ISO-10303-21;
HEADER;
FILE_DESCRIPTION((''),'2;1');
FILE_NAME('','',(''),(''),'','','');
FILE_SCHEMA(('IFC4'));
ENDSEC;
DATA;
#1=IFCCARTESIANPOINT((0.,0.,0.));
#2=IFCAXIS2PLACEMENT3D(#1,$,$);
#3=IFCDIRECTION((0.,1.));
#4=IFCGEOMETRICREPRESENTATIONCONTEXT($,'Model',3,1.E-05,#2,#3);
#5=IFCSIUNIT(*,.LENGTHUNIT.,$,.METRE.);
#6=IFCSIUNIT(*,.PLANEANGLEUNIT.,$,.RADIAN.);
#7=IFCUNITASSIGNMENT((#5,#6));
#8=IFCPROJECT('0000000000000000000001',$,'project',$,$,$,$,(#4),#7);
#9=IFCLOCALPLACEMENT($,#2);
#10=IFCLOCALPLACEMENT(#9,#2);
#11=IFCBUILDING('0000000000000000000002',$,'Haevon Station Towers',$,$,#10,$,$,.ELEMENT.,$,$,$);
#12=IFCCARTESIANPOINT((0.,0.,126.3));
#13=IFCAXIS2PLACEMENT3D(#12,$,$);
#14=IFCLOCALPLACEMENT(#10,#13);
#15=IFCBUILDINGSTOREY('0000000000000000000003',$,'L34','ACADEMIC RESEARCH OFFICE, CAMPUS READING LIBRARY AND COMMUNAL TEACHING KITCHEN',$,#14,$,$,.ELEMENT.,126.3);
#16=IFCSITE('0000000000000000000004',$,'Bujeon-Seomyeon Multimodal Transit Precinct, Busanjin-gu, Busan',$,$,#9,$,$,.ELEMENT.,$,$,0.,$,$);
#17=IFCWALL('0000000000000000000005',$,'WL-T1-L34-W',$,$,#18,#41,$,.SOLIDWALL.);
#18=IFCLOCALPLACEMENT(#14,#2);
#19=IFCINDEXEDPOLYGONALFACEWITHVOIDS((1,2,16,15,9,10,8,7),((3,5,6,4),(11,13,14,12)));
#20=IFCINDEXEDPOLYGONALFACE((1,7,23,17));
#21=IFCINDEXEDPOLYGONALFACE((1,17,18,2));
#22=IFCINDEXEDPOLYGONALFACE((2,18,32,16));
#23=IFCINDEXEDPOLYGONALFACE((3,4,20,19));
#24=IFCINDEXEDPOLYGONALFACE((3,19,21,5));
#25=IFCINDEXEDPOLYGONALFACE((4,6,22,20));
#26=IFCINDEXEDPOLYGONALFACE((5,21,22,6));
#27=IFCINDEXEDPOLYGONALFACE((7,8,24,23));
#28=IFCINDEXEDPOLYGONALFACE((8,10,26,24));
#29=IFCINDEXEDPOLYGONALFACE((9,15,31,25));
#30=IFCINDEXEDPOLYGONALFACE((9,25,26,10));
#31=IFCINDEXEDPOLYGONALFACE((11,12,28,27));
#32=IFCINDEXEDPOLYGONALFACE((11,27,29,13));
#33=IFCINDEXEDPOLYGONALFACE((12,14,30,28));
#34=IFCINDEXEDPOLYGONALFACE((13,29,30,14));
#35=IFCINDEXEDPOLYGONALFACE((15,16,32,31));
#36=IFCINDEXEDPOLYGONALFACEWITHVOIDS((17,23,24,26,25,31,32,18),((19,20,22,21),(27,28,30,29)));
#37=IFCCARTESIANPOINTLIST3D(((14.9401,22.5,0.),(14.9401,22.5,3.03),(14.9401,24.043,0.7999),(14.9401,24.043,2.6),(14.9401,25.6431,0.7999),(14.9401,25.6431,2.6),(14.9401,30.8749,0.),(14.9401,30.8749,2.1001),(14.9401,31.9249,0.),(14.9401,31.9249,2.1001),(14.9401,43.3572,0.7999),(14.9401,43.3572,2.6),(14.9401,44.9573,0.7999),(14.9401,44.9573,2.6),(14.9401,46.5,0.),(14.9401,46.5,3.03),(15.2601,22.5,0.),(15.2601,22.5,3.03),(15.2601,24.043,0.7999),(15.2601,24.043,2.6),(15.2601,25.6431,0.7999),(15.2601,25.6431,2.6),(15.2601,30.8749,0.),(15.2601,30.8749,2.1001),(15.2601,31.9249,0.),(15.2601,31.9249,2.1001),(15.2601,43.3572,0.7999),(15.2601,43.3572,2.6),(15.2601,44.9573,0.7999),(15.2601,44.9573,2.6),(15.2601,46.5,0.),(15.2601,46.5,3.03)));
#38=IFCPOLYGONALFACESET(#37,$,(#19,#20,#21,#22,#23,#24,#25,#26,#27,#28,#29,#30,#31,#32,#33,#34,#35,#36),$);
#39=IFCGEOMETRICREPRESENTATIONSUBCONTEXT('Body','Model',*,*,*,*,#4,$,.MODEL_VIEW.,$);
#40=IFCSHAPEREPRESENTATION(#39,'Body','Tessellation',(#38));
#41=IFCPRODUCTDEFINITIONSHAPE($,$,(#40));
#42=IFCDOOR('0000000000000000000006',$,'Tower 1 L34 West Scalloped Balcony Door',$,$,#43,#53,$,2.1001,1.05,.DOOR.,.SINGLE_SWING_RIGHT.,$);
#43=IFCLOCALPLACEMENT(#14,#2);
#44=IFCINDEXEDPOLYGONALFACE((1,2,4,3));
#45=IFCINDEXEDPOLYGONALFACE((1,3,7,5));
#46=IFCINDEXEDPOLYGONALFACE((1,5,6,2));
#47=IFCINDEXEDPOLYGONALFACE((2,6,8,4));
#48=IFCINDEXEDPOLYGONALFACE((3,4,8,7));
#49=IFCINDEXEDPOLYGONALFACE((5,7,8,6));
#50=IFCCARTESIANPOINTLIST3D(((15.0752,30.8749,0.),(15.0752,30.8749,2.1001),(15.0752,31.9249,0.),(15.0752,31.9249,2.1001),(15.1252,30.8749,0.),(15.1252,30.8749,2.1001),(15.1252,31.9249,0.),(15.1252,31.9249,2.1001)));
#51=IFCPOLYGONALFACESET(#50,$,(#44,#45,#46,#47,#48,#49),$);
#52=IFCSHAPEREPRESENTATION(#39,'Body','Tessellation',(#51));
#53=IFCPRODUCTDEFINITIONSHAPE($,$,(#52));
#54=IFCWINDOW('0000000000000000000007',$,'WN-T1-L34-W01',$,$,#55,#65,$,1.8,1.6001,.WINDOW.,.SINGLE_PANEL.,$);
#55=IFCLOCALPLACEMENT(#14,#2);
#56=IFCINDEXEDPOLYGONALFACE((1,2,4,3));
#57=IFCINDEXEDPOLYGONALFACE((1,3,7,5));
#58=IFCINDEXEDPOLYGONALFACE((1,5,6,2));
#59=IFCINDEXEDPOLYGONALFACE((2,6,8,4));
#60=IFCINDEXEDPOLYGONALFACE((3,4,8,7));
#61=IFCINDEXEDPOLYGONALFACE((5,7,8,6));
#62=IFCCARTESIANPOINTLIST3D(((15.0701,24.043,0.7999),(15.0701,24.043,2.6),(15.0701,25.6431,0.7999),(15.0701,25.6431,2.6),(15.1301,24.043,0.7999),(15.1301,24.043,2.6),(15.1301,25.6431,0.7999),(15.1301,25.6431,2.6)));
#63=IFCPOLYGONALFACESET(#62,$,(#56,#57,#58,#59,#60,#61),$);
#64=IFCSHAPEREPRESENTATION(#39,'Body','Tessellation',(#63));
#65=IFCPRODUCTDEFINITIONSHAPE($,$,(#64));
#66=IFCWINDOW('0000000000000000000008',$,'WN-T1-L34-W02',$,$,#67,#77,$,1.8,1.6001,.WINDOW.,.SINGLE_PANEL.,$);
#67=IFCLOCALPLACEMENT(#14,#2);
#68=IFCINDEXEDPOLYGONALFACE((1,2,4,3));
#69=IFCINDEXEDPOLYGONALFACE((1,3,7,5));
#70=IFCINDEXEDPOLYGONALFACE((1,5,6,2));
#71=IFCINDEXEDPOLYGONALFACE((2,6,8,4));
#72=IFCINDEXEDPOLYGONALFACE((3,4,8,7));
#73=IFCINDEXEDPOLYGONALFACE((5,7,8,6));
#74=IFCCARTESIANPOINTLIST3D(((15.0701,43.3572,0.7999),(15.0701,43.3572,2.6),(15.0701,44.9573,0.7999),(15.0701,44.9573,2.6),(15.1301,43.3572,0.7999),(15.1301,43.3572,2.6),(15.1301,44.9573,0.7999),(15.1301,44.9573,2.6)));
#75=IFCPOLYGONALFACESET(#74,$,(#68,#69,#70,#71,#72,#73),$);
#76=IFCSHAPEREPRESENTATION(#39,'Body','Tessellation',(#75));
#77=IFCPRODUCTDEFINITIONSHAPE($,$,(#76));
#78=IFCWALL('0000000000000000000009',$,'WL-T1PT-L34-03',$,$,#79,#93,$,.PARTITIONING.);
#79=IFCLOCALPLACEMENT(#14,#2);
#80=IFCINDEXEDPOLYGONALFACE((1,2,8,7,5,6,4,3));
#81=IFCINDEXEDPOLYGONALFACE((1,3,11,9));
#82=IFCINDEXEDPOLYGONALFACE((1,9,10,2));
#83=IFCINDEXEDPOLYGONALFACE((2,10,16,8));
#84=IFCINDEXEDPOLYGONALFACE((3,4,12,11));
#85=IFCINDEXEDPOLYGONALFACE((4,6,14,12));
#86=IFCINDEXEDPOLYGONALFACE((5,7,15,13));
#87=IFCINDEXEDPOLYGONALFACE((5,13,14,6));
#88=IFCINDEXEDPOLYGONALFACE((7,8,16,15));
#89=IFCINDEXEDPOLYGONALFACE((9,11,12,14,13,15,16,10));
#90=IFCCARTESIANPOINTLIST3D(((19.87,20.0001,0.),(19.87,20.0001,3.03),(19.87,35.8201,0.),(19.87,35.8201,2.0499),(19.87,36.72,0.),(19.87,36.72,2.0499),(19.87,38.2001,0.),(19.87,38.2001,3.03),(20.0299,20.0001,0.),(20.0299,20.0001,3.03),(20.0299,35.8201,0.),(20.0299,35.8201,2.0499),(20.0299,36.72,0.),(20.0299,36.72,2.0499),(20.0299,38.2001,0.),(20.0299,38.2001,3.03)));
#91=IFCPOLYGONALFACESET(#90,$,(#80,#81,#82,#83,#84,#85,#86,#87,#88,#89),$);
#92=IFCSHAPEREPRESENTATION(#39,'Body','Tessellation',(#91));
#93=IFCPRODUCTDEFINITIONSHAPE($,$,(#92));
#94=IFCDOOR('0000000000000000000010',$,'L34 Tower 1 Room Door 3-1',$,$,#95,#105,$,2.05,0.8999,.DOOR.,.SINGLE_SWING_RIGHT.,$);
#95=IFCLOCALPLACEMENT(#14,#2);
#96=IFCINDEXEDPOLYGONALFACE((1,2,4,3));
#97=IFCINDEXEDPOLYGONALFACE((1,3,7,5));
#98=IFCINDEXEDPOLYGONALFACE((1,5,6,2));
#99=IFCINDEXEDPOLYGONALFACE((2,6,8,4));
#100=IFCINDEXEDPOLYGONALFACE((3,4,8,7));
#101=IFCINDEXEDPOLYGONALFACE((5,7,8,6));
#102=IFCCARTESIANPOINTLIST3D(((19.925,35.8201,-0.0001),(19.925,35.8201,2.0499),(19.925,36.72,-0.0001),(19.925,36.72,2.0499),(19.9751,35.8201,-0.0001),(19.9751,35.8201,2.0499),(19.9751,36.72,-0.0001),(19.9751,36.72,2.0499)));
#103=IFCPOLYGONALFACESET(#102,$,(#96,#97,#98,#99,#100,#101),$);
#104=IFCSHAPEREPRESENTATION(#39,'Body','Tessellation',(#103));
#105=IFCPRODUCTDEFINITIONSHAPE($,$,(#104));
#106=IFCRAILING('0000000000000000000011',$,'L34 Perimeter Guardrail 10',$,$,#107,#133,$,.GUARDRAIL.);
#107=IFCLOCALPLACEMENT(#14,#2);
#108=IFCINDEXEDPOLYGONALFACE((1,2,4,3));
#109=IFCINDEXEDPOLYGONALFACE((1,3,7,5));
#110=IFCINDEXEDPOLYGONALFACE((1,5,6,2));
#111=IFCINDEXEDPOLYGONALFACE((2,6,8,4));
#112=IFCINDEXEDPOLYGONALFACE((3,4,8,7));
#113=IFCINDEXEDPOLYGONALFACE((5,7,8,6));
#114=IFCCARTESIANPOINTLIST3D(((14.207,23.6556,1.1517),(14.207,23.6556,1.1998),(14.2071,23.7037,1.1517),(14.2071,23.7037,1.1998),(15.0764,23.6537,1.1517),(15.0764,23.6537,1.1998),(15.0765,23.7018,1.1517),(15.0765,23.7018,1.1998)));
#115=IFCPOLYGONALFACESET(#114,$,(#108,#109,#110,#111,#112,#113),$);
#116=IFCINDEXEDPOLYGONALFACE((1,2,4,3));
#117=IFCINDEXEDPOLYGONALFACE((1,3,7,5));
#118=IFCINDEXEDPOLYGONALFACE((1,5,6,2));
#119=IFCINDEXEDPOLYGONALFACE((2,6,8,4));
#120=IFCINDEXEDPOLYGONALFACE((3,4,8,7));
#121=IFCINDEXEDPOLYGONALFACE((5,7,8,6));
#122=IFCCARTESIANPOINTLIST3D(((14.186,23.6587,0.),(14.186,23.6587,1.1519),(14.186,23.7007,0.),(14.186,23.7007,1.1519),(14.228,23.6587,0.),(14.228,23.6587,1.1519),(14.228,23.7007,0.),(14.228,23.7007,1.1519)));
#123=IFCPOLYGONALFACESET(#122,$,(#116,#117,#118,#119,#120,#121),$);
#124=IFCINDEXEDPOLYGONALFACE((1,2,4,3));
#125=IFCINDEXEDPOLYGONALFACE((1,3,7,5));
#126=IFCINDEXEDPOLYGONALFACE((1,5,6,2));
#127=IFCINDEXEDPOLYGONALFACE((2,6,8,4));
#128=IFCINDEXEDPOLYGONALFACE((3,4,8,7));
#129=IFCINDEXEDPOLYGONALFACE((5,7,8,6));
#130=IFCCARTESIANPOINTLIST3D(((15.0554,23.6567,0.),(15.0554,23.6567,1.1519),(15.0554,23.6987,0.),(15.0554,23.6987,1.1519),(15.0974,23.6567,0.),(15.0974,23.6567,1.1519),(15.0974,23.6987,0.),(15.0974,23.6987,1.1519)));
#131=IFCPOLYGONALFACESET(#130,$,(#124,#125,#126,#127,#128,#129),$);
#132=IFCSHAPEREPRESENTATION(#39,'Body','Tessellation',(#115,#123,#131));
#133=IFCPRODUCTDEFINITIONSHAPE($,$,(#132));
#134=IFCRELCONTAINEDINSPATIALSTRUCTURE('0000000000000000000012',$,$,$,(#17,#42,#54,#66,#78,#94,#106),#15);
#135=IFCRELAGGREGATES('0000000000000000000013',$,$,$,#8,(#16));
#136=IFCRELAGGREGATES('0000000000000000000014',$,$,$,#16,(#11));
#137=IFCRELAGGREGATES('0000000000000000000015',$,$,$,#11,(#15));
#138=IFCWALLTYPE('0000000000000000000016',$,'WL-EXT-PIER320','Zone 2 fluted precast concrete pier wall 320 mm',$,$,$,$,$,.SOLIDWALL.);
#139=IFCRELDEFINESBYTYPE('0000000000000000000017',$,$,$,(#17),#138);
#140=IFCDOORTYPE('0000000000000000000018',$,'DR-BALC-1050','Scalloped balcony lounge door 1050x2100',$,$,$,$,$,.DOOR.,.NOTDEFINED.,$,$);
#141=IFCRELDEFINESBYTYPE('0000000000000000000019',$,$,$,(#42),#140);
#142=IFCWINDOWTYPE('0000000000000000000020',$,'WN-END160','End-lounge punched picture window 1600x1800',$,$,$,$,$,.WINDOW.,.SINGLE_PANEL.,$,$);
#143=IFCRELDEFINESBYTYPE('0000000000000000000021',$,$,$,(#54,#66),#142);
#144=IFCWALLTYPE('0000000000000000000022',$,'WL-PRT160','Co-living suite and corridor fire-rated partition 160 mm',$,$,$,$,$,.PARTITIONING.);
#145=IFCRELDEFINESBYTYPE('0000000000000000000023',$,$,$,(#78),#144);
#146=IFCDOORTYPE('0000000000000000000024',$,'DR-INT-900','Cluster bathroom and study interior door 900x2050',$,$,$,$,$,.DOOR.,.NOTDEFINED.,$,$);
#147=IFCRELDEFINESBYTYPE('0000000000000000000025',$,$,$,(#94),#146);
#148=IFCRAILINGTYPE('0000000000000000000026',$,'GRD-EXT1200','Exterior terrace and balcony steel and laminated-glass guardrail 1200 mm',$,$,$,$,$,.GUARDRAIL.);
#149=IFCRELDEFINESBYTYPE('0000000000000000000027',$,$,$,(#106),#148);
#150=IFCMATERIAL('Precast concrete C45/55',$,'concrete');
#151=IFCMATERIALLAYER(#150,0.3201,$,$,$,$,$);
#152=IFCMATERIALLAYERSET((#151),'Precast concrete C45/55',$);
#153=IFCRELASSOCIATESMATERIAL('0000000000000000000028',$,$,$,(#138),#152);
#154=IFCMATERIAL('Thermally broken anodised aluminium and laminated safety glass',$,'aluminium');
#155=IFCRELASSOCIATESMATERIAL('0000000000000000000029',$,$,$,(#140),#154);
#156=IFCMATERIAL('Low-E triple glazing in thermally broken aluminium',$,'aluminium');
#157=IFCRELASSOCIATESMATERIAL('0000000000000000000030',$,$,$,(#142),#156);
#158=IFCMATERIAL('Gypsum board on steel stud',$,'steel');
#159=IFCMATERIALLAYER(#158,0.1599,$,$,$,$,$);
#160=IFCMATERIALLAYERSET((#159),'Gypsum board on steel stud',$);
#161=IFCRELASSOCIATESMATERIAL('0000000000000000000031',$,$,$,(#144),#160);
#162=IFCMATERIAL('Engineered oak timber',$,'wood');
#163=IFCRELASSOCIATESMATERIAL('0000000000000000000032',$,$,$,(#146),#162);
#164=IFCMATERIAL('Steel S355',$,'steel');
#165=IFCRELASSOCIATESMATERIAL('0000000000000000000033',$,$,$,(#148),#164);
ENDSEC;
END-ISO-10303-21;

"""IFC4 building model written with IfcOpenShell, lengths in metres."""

from ifc_helpers import new_model, si_unit, direction, frame, frame_2d, origin, origin_2d, place, context, subcontext, project, spatial, rectangle, extrude, material, layer, layer_set, type_object, element, fill, save


model = new_model("IFC4")

# Units and contexts
model_context = context("Model", 3, precision=1e-05, world=origin(), true_north=direction((0.0, 1.0)))
body_context = subcontext(model_context, "Body", "Model", "MODEL_VIEW")
ifc_project = project(units=[si_unit("LENGTHUNIT", "METRE"), si_unit("PLANEANGLEUNIT", "RADIAN")], contexts=[model_context])

# Site, building, storey
site_placement = place(None, origin())
site = spatial("IfcSite", under=ifc_project, at=site_placement, Name="Bujeon-Seomyeon Multimodal Transit Precinct, Busanjin-gu, Busan", CompositionType="ELEMENT", RefElevation=0.0)
building_placement = place(site_placement, origin())
building = spatial("IfcBuilding", under=site, at=building_placement, Name="Haevon Station Towers", CompositionType="ELEMENT")
storey_placement = place(building_placement, frame((0.0, 0.0, 126.3)))
storey = spatial("IfcBuildingStorey", under=building, at=storey_placement, Name="L34", Description="ACADEMIC RESEARCH OFFICE, CAMPUS READING LIBRARY AND COMMUNAL TEACHING KITCHEN", CompositionType="ELEMENT", Elevation=126.3)

# Shared definitions
ifc_material_1 = material(Name="Steel S355", Category="steel")

# Shared definitions
ifc_material_2 = material(Name="Precast concrete C45/55", Category="concrete")
ifc_layer_1 = layer(ifc_material_2, 0.3201)
ifc_layer_set_1 = layer_set([ifc_layer_1], Name="Precast concrete C45/55")
wall_type_1 = type_object("IfcWallType", Name="WL-EXT-PIER320", Description="Zone 2 fluted precast concrete pier wall 320 mm", PredefinedType="SOLIDWALL", material=ifc_layer_set_1)

# Wall, openings, door, windows
wall_1_placement = place(storey_placement, frame((15.1001, 22.5, 0.0), z_axis=(0.0, 0.0, 1.0), x_axis=(0.0, 1.0, 0.0)))
wall_1 = element("IfcWall", 1, at=wall_1_placement, inside=storey, type_object=wall_type_1, Name="WL-T1-L34-W", PredefinedType="SOLIDWALL", context=body_context, shape_type="SweptSolid", body=[
    extrude(rectangle(XDim=24.0, YDim=0.3201, at=frame_2d((12.0, 0.0))), origin(), (0.0, 0.0, 1.0), 3.03),
])
opening_1_placement = place(wall_1_placement, frame((8.375, 0.0, 0.0)))
opening_1 = element("IfcOpeningElement", 2, at=opening_1_placement, cuts=wall_1, PredefinedType="OPENING", context=body_context, shape_type="SweptSolid", body=[
    extrude(rectangle(XDim=1.05, YDim=2.1001, at=frame_2d((0.5249, 1.05))), frame((0.0, 0.1699, 0.0), z_axis=(0.0, -1.0, 0.0), x_axis=(1.0, 0.0, 0.0)), (0.0, 0.0, 1.0), 0.3401),
])
opening_2_placement = place(wall_1_placement, frame((1.543, 0.0, 0.8)))
opening_2 = element("IfcOpeningElement", 3, at=opening_2_placement, cuts=wall_1, PredefinedType="OPENING", context=body_context, shape_type="SweptSolid", body=[
    extrude(rectangle(XDim=1.6001, YDim=1.8, at=frame_2d((0.8, 0.8999))), frame((0.0, 0.1699, 0.0), z_axis=(0.0, -1.0, 0.0), x_axis=(1.0, 0.0, 0.0)), (0.0, 0.0, 1.0), 0.3401),
])
opening_3_placement = place(wall_1_placement, frame((20.8572, 0.0, 0.8)))
opening_3 = element("IfcOpeningElement", 4, at=opening_3_placement, cuts=wall_1, PredefinedType="OPENING", context=body_context, shape_type="SweptSolid", body=[
    extrude(rectangle(XDim=1.6001, YDim=1.8, at=frame_2d((0.8, 0.8999))), frame((0.0, 0.1699, 0.0), z_axis=(0.0, -1.0, 0.0), x_axis=(1.0, 0.0, 0.0)), (0.0, 0.0, 1.0), 0.3401),
])
ifc_material_3 = material(Name="Thermally broken anodised aluminium and laminated safety glass", Category="aluminium")
door_type_1 = type_object("IfcDoorType", Name="DR-BALC-1050", Description="Scalloped balcony lounge door 1050x2100", OperationType="NOTDEFINED", PredefinedType="DOOR", material=ifc_material_3)
door_1_placement = place(opening_1_placement, origin())
door_1 = element("IfcDoor", 5, at=door_1_placement, inside=storey, type_object=door_type_1, Name="Tower 1 L34 West Scalloped Balcony Door", OperationType="SINGLE_SWING_RIGHT", OverallHeight=2.1001, OverallWidth=1.05, PredefinedType="DOOR", context=body_context, shape_type="SweptSolid", body=[
    extrude(rectangle(XDim=1.05, YDim=2.1001, at=frame_2d((0.5249, 1.05))), frame((0.0, 0.0249, 0.0), z_axis=(0.0, -1.0, 0.0), x_axis=(1.0, 0.0, 0.0)), (0.0, 0.0, 1.0), 0.05),
])
fill(opening_1, door_1)
ifc_material_4 = material(Name="Low-E triple glazing in thermally broken aluminium", Category="aluminium")
window_type = type_object("IfcWindowType", Name="WN-END160", Description="End-lounge punched picture window 1600x1800", PartitioningType="SINGLE_PANEL", PredefinedType="WINDOW", material=ifc_material_4)
window_1_placement = place(opening_2_placement, origin())
window_1 = element("IfcWindow", 6, at=window_1_placement, inside=storey, type_object=window_type, Name="WN-T1-L34-W01", OverallHeight=1.8, OverallWidth=1.6001, PartitioningType="SINGLE_PANEL", PredefinedType="WINDOW", context=body_context, shape_type="SweptSolid", body=[
    extrude(rectangle(XDim=1.6001, YDim=1.8, at=frame_2d((0.8, 0.8999))), frame((0.0, 0.03, 0.0), z_axis=(0.0, -1.0, 0.0), x_axis=(1.0, 0.0, 0.0)), (0.0, 0.0, 1.0), 0.0601),
])
fill(opening_2, window_1)
window_2_placement = place(opening_3_placement, origin())
window_2 = element("IfcWindow", 7, at=window_2_placement, inside=storey, type_object=window_type, Name="WN-T1-L34-W02", OverallHeight=1.8, OverallWidth=1.6001, PartitioningType="SINGLE_PANEL", PredefinedType="WINDOW", context=body_context, shape_type="SweptSolid", body=[
    extrude(rectangle(XDim=1.6001, YDim=1.8, at=frame_2d((0.8, 0.8999))), frame((0.0, 0.03, 0.0), z_axis=(0.0, -1.0, 0.0), x_axis=(1.0, 0.0, 0.0)), (0.0, 0.0, 1.0), 0.0601),
])
fill(opening_3, window_2)

# Wall, opening, door
ifc_material_5 = material(Name="Gypsum board on steel stud", Category="steel")
ifc_layer_2 = layer(ifc_material_5, 0.1599)
ifc_layer_set_2 = layer_set([ifc_layer_2], Name="Gypsum board on steel stud")
wall_type_2 = type_object("IfcWallType", Name="WL-PRT160", Description="Co-living suite and corridor fire-rated partition 160 mm", PredefinedType="PARTITIONING", material=ifc_layer_set_2)
wall_2_placement = place(storey_placement, frame((19.95, 20.0, 0.0), z_axis=(0.0, 0.0, 1.0), x_axis=(0.0, 1.0, 0.0)))
wall_2 = element("IfcWall", 8, at=wall_2_placement, inside=storey, type_object=wall_type_2, Name="WL-T1PT-L34-03", PredefinedType="PARTITIONING", context=body_context, shape_type="SweptSolid", body=[
    extrude(rectangle(XDim=18.2, YDim=0.1599, at=frame_2d((9.1001, 0.0))), origin(), (0.0, 0.0, 1.0), 3.03),
])
opening_4_placement = place(wall_2_placement, frame((15.8201, 0.0, 0.0)))
opening_4 = element("IfcOpeningElement", 9, at=opening_4_placement, cuts=wall_2, PredefinedType="OPENING", context=body_context, shape_type="SweptSolid", body=[
    extrude(rectangle(XDim=0.8999, YDim=2.05, at=frame_2d((0.45, 1.0249))), frame((0.0, 0.0898, 0.0), z_axis=(0.0, -1.0, 0.0), x_axis=(1.0, 0.0, 0.0)), (0.0, 0.0, 1.0), 0.1799),
])
ifc_material_6 = material(Name="Engineered oak timber", Category="wood")
door_type_2 = type_object("IfcDoorType", Name="DR-INT-900", Description="Cluster bathroom and study interior door 900x2050", OperationType="NOTDEFINED", PredefinedType="DOOR", material=ifc_material_6)
door_2_placement = place(opening_4_placement, origin())
door_2 = element("IfcDoor", 10, at=door_2_placement, inside=storey, type_object=door_type_2, Name="L34 Tower 1 Room Door 3-1", OperationType="SINGLE_SWING_RIGHT", OverallHeight=2.05, OverallWidth=0.8999, PredefinedType="DOOR", context=body_context, shape_type="SweptSolid", body=[
    extrude(rectangle(XDim=0.8999, YDim=2.05, at=frame_2d((0.45, 1.0249))), frame((0.0, 0.0249, 0.0), z_axis=(0.0, -1.0, 0.0), x_axis=(1.0, 0.0, 0.0)), (0.0, 0.0, 1.0), 0.05),
])
fill(opening_4, door_2)

# Railing
railing_type = type_object("IfcRailingType", Name="GRD-EXT1200", Description="Exterior terrace and balcony steel and laminated-glass guardrail 1200 mm", PredefinedType="GUARDRAIL", material=ifc_material_1)
railing_placement = place(storey_placement, frame((14.207, 23.6797, 0.0)))
element("IfcRailing", 11, at=railing_placement, inside=storey, type_object=railing_type, Name="L34 Perimeter Guardrail 10", PredefinedType="GUARDRAIL", context=body_context, shape_type="SweptSolid", body=[
    extrude(rectangle(XDim=0.0481, YDim=0.0481, at=origin_2d()), frame((0.0, 0.0, 1.1758), z_axis=(0.999997, -0.002247, 0.0), x_axis=(0.002247, 0.999997, 0.0)), (0.0, 0.0, 1.0), 0.8694),
    extrude(rectangle(XDim=0.042, YDim=0.042, at=origin_2d()), origin(), (0.0, 0.0, 1.0), 1.1519),
    extrude(rectangle(XDim=0.042, YDim=0.042, at=origin_2d()), frame((0.8694, -0.002, 0.0)), (0.0, 0.0, 1.0), 1.1519),
])

save(model, "model.ifc")
